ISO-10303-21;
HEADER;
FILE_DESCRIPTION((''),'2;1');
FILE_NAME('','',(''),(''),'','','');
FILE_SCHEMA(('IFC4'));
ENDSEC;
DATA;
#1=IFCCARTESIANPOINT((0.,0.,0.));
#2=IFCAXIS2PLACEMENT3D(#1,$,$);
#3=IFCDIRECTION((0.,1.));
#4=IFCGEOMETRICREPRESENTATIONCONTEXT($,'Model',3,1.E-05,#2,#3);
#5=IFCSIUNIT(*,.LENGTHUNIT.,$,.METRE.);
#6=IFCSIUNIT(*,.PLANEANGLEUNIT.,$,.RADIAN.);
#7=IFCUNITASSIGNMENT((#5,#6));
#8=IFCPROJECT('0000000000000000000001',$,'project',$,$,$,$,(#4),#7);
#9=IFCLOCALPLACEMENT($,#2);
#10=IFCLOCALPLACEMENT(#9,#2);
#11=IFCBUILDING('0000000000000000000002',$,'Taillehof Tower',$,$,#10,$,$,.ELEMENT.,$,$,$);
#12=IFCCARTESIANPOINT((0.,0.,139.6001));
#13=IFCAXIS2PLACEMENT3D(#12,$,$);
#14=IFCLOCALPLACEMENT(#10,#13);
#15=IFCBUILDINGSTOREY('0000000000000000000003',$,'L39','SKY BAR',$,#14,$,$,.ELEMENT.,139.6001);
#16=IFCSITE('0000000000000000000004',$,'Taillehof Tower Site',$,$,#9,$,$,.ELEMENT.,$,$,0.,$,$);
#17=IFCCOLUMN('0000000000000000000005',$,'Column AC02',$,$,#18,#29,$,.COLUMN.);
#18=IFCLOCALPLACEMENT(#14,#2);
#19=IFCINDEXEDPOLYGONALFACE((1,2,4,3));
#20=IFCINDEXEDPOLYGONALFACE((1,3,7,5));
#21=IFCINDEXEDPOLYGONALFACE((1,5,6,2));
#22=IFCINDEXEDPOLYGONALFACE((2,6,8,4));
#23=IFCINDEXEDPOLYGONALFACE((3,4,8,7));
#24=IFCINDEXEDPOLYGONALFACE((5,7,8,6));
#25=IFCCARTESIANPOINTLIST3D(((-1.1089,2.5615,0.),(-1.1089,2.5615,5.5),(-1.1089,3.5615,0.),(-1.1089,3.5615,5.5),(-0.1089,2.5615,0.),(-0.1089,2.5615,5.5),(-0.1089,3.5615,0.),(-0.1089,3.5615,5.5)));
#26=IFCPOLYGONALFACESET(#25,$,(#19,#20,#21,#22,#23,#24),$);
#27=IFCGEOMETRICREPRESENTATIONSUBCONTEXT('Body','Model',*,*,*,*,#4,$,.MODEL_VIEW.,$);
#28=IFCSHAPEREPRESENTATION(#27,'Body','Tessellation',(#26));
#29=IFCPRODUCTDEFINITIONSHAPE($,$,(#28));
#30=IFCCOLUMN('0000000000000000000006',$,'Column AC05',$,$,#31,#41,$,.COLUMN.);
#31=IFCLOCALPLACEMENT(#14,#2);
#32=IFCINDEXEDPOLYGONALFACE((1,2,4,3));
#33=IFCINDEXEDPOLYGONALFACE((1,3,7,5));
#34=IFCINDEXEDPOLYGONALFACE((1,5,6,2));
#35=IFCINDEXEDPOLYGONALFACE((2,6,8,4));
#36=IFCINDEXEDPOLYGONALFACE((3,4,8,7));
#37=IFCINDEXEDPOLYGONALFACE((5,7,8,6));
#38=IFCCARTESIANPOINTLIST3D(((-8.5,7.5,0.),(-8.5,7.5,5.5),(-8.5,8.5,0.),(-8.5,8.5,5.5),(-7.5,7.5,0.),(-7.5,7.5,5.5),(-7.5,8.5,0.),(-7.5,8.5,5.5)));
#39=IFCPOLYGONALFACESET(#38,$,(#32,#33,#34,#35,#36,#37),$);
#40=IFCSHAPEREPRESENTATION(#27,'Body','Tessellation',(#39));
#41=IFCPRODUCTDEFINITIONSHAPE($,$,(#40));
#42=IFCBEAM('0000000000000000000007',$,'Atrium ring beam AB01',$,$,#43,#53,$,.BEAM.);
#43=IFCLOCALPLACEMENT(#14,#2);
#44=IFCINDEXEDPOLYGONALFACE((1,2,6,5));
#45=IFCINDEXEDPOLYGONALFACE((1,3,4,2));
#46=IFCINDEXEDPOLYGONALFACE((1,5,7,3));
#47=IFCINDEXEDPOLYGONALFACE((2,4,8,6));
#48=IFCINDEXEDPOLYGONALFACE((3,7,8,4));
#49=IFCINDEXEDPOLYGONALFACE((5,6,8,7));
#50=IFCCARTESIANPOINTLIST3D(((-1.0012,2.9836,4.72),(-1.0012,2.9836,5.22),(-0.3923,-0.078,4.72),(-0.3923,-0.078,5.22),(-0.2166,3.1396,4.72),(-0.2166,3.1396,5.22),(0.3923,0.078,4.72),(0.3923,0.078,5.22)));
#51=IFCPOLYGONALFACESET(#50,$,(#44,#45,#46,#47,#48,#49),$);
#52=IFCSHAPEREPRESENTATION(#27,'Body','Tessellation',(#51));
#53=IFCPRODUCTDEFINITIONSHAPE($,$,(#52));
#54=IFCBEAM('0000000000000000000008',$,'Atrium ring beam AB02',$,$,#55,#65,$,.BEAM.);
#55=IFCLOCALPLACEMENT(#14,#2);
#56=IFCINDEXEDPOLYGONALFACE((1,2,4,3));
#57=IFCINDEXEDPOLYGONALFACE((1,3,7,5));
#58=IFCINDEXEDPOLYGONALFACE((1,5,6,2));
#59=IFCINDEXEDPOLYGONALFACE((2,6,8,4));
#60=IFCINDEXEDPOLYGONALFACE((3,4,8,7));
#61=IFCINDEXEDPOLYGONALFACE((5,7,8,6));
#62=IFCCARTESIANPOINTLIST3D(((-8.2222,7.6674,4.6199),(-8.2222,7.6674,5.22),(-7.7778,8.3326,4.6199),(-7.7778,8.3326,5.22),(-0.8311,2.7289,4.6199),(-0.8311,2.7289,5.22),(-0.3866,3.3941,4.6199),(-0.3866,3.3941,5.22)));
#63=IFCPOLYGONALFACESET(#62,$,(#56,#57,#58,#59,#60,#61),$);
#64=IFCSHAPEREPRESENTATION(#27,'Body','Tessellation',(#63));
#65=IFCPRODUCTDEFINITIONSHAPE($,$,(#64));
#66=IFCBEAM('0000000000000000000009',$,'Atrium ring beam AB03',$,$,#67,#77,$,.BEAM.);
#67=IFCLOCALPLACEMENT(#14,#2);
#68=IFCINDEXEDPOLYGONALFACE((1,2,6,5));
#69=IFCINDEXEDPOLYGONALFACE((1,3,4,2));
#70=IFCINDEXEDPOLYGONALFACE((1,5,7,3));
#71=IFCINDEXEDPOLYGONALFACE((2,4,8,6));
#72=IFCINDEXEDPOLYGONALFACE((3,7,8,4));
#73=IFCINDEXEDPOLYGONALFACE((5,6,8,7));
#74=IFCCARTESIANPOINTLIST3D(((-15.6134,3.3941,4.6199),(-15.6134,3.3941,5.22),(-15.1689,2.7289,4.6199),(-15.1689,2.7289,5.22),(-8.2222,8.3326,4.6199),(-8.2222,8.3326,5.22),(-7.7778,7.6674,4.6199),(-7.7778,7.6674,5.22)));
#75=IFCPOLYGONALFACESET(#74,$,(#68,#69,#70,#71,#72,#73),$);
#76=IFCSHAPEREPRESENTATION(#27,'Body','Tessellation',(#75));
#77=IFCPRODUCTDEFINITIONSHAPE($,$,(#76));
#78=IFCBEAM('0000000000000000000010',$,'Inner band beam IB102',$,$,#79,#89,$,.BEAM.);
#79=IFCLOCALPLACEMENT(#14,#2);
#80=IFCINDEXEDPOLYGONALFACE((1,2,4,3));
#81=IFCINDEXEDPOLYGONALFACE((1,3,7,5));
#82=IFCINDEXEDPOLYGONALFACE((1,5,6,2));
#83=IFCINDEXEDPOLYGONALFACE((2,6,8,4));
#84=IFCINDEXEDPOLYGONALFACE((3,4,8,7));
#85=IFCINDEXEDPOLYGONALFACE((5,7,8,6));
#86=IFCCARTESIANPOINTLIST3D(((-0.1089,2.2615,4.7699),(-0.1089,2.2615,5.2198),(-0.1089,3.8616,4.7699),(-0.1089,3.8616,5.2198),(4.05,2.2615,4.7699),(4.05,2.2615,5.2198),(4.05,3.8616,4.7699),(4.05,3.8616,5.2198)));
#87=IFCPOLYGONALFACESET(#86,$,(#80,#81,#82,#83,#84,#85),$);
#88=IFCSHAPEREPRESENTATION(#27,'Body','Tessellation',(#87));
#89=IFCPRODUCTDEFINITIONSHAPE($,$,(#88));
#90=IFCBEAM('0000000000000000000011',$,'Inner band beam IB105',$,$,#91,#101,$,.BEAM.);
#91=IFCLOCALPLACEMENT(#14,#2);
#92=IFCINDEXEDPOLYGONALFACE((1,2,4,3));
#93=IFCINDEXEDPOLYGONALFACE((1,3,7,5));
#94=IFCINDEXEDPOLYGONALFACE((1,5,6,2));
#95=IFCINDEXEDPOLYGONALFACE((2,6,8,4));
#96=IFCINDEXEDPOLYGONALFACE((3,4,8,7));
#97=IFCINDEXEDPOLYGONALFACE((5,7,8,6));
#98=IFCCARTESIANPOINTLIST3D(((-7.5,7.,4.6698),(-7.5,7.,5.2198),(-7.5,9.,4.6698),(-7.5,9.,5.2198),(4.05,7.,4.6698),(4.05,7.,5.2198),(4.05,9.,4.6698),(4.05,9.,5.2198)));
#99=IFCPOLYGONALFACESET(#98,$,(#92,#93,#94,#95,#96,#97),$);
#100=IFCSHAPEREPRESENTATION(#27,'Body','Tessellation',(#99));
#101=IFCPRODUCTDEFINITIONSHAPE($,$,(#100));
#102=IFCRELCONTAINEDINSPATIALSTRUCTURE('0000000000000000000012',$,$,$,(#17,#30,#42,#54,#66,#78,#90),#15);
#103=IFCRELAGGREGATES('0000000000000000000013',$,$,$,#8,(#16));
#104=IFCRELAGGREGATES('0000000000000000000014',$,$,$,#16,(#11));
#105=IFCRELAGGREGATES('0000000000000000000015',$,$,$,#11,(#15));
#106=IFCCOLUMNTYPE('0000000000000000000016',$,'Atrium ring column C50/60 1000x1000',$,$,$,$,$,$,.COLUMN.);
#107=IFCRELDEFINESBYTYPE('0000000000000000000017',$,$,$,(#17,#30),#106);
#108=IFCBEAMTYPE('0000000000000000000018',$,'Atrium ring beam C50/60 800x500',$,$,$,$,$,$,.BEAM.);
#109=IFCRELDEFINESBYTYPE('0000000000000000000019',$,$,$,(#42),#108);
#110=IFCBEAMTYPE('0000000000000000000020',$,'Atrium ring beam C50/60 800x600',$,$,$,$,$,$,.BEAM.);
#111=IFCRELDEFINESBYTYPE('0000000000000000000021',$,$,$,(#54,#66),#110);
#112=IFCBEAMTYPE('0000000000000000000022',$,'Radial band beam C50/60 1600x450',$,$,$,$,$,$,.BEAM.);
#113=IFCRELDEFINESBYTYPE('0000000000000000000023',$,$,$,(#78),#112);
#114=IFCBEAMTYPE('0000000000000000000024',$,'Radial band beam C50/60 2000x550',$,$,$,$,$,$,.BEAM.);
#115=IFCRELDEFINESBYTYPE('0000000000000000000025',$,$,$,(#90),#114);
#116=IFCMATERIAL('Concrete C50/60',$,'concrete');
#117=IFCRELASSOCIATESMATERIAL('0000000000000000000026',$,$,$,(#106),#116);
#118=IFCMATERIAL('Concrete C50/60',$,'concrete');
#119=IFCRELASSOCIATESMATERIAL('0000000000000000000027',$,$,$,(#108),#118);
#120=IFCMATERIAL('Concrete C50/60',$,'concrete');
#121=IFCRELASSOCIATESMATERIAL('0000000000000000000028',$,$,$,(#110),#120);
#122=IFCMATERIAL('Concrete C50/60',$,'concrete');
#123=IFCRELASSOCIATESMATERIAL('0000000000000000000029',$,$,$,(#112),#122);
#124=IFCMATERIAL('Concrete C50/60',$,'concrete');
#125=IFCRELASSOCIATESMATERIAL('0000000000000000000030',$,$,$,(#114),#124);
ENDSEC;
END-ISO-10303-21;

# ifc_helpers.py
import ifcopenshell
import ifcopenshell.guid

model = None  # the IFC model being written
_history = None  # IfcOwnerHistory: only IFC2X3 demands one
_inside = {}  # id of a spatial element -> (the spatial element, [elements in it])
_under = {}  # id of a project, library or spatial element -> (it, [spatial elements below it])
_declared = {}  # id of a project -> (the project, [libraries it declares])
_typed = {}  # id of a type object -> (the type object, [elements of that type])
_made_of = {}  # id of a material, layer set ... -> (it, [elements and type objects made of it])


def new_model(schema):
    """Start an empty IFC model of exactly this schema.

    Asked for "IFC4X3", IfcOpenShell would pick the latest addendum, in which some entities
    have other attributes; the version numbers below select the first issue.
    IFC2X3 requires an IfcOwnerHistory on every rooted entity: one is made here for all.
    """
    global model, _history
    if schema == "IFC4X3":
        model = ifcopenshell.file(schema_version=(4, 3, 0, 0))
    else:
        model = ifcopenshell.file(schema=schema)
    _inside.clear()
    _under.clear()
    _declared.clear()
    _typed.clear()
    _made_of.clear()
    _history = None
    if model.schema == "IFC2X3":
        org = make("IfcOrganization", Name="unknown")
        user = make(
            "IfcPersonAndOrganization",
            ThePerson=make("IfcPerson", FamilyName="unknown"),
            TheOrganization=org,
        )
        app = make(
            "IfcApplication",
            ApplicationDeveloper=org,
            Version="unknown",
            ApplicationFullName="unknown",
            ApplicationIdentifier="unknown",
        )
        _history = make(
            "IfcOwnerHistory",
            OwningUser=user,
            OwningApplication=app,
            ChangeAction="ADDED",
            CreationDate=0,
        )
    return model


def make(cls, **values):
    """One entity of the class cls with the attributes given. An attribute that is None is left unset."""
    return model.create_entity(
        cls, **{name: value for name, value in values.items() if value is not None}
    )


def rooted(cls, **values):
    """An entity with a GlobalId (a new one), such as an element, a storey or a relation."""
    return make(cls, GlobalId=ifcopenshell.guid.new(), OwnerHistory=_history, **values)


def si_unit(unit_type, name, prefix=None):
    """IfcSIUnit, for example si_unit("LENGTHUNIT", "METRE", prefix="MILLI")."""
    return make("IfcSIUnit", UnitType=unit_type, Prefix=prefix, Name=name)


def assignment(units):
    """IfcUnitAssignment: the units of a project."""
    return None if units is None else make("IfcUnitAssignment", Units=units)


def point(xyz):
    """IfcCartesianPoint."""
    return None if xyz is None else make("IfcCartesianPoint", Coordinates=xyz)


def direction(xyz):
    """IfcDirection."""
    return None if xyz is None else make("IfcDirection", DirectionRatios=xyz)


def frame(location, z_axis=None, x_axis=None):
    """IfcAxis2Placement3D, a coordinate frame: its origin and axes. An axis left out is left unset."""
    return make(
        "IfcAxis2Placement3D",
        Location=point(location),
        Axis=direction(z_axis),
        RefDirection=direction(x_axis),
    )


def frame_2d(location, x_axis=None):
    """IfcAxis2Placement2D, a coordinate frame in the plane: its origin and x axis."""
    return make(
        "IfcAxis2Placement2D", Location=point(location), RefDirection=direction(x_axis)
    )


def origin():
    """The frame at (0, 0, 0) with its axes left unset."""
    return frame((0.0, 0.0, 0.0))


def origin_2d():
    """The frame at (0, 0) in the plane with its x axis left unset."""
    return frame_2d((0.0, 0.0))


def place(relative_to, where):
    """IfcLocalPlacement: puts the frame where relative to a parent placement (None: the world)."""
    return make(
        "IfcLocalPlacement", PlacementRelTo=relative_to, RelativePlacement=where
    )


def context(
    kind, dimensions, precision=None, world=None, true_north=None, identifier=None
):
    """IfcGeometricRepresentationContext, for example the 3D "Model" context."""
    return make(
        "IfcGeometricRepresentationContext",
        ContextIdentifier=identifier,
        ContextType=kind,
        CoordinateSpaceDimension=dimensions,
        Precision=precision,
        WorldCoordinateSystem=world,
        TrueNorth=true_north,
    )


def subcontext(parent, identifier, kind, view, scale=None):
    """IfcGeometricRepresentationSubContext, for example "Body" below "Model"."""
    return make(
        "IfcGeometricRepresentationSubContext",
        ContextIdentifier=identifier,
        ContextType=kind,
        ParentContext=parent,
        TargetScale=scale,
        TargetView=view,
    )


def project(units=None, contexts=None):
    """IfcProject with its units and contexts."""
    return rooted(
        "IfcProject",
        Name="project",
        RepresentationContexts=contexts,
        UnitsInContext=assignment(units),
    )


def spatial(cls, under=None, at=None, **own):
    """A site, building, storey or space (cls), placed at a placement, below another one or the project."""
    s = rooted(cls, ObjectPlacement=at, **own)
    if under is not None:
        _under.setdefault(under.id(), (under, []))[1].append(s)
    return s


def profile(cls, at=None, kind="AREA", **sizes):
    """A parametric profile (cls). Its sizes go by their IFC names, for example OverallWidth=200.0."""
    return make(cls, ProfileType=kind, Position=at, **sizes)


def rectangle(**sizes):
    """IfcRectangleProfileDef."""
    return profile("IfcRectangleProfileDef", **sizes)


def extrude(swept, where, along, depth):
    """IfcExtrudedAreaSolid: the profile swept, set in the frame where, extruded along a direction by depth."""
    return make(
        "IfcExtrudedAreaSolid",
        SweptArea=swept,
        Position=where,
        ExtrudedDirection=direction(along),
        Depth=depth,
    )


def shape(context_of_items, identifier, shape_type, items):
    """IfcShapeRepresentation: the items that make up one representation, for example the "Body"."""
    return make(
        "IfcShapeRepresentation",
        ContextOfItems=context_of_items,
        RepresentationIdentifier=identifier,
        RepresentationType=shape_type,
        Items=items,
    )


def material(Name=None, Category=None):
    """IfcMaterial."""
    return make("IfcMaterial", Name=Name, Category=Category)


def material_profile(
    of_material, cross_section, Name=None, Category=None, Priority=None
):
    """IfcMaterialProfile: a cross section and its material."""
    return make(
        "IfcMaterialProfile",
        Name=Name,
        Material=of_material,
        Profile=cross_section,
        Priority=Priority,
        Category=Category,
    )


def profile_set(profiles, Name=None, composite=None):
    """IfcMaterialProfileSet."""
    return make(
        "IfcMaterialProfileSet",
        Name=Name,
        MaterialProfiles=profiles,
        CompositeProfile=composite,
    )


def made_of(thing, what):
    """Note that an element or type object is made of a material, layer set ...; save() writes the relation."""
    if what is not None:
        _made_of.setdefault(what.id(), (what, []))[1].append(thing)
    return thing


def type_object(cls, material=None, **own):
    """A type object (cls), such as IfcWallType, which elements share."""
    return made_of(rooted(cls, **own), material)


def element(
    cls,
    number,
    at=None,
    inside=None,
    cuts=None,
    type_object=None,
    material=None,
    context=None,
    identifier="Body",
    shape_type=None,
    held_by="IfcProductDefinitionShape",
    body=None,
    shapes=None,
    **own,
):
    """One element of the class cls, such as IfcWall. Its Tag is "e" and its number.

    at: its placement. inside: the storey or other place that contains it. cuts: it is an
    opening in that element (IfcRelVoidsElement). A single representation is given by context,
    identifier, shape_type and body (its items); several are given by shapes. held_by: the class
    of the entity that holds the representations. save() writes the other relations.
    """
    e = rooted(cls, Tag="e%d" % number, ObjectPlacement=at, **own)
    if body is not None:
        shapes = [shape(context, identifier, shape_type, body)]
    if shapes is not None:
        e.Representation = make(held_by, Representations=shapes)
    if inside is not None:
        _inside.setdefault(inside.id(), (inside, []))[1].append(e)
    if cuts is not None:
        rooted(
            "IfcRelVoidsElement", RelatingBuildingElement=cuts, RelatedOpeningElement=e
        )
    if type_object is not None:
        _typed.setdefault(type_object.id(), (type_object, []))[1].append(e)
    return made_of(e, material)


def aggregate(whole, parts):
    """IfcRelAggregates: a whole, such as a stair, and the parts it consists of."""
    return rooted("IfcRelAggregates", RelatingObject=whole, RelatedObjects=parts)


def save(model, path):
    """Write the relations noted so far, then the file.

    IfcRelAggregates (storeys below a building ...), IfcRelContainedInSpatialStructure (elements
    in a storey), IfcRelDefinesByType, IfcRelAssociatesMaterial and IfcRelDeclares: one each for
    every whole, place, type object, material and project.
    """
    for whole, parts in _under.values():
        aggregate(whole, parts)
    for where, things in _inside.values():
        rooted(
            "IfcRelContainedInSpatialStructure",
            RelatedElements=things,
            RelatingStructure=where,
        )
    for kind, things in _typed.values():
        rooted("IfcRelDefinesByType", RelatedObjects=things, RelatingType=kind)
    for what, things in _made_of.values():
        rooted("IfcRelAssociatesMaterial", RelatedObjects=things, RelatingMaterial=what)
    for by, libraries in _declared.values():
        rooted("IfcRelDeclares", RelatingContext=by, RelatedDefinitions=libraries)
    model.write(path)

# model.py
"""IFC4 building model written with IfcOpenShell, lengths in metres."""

from ifc_helpers import new_model, si_unit, direction, frame, origin, origin_2d, place, context, subcontext, project, spatial, rectangle, extrude, material, material_profile, profile_set, type_object, element, save


model = new_model("IFC4")

# Units and contexts
model_context = context("Model", 3, precision=1e-05, world=origin(), true_north=direction((0.0, 1.0)))
body_context = subcontext(model_context, "Body", "Model", "MODEL_VIEW")
ifc_project = project(units=[si_unit("LENGTHUNIT", "METRE"), si_unit("PLANEANGLEUNIT", "RADIAN")], contexts=[model_context])

# Site, building, storey
site_placement = place(None, origin())
site = spatial("IfcSite", under=ifc_project, at=site_placement, Name="Taillehof Tower Site", CompositionType="ELEMENT", RefElevation=0.0)
building_placement = place(site_placement, origin())
building = spatial("IfcBuilding", under=site, at=building_placement, Name="Taillehof Tower", CompositionType="ELEMENT")
storey_placement = place(building_placement, frame((0.0, 0.0, 139.6001)))
storey = spatial("IfcBuildingStorey", under=building, at=storey_placement, Name="L39", Description="SKY BAR", CompositionType="ELEMENT", Elevation=139.6001)

# Columns
ifc_material_1 = material(Name="Concrete C50/60", Category="concrete")
ifc_material_profile_1 = material_profile(ifc_material_1, rectangle(XDim=1.0, YDim=1.0, at=origin_2d()), Name="RC 1000x1000")
ifc_profile_set_1 = profile_set([ifc_material_profile_1], Name="Concrete C50/60")
column_type = type_object("IfcColumnType", Name="Atrium ring column C50/60 1000x1000", PredefinedType="COLUMN", material=ifc_profile_set_1)
for number, where, z_axis, x_axis, name in (
    (1, (-0.6089, 3.0615, 0.0), (0.0, 0.0, 1.0), (1.0, 0.0, 0.0), "Column AC02"),
    (2, (-8.0, 8.0, 0.0), (0.0, 0.0, 1.0), (1.0, 0.0, 0.0), "Column AC05"),
):
    element("IfcColumn", number, at=place(storey_placement, frame(where, z_axis=z_axis, x_axis=x_axis)), inside=storey, type_object=column_type, Name=name, PredefinedType="COLUMN", context=body_context, shape_type="SweptSolid", body=[
        extrude(rectangle(XDim=1.0, YDim=1.0, at=origin_2d()), origin(), (0.0, 0.0, 1.0), 5.5),
    ])

# Beams
ifc_material_2 = material(Name="Concrete C50/60", Category="concrete")
ifc_material_profile_2 = material_profile(ifc_material_2, rectangle(XDim=0.8, YDim=0.5, at=origin_2d()), Name="RC 800x500")
ifc_profile_set_2 = profile_set([ifc_material_profile_2], Name="Concrete C50/60")
beam_type_1 = type_object("IfcBeamType", Name="Atrium ring beam C50/60 800x500", PredefinedType="BEAM", material=ifc_profile_set_2)
beam_1_placement = place(storey_placement, frame((0.0, 0.0, 4.97), z_axis=(-0.195063, 0.980791, 0.0), x_axis=(-0.980791, -0.195063, 0.0)))
element("IfcBeam", 3, at=beam_1_placement, inside=storey, type_object=beam_type_1, Name="Atrium ring beam AB01", PredefinedType="BEAM", context=body_context, shape_type="SweptSolid", body=[
    extrude(rectangle(XDim=0.8, YDim=0.5, at=origin_2d()), origin(), (0.0, 0.0, 1.0), 3.1216),
])
ifc_material_3 = material(Name="Concrete C50/60", Category="concrete")
ifc_material_profile_3 = material_profile(ifc_material_3, rectangle(XDim=0.8, YDim=0.6001, at=origin_2d()), Name="RC 800x600")
ifc_profile_set_3 = profile_set([ifc_material_profile_3], Name="Concrete C50/60")
beam_type_2 = type_object("IfcBeamType", Name="Atrium ring beam C50/60 800x600", PredefinedType="BEAM", material=ifc_profile_set_3)
for number, where, z_axis, x_axis, name in (
    (4, (-0.6089, 3.0615, 4.9199), (-0.831475, 0.555562, 0.0), (-0.555562, -0.831475, 0.0), "Atrium ring beam AB02"),
    (5, (-8.0, 8.0, 4.9199), (-0.831475, -0.555562, 0.0), (0.555562, -0.831475, 0.0), "Atrium ring beam AB03"),
):
    element("IfcBeam", number, at=place(storey_placement, frame(where, z_axis=z_axis, x_axis=x_axis)), inside=storey, type_object=beam_type_2, Name=name, PredefinedType="BEAM", context=body_context, shape_type="SweptSolid", body=[
        extrude(rectangle(XDim=0.8, YDim=0.6001, at=origin_2d()), origin(), (0.0, 0.0, 1.0), 8.8892),
    ])
ifc_material_4 = material(Name="Concrete C50/60", Category="concrete")
ifc_material_profile_4 = material_profile(ifc_material_4, rectangle(XDim=1.6001, YDim=0.45, at=origin_2d()), Name="RC 1600x450")
ifc_profile_set_4 = profile_set([ifc_material_profile_4], Name="Concrete C50/60")
beam_type_3 = type_object("IfcBeamType", Name="Radial band beam C50/60 1600x450", PredefinedType="BEAM", material=ifc_profile_set_4)
beam_2_placement = place(storey_placement, frame((-0.1089, 3.0615, 4.9949), z_axis=(1.0, 0.0, 0.0), x_axis=(0.0, 1.0, 0.0)))
element("IfcBeam", 6, at=beam_2_placement, inside=storey, type_object=beam_type_3, Name="Inner band beam IB102", PredefinedType="BEAM", context=body_context, shape_type="SweptSolid", body=[
    extrude(rectangle(XDim=1.6001, YDim=0.45, at=origin_2d()), origin(), (0.0, 0.0, 1.0), 4.1589),
])
ifc_material_5 = material(Name="Concrete C50/60", Category="concrete")
ifc_material_profile_5 = material_profile(ifc_material_5, rectangle(XDim=2.0, YDim=0.55, at=origin_2d()), Name="RC 2000x550")
ifc_profile_set_5 = profile_set([ifc_material_profile_5], Name="Concrete C50/60")
beam_type_4 = type_object("IfcBeamType", Name="Radial band beam C50/60 2000x550", PredefinedType="BEAM", material=ifc_profile_set_5)
beam_3_placement = place(storey_placement, frame((-7.5, 8.0, 4.9448), z_axis=(1.0, 0.0, 0.0), x_axis=(0.0, 1.0, 0.0)))
element("IfcBeam", 7, at=beam_3_placement, inside=storey, type_object=beam_type_4, Name="Inner band beam IB105", PredefinedType="BEAM", context=body_context, shape_type="SweptSolid", body=[
    extrude(rectangle(XDim=2.0, YDim=0.55, at=origin_2d()), origin(), (0.0, 0.0, 1.0), 11.55),
])

save(model, "model.ifc")
